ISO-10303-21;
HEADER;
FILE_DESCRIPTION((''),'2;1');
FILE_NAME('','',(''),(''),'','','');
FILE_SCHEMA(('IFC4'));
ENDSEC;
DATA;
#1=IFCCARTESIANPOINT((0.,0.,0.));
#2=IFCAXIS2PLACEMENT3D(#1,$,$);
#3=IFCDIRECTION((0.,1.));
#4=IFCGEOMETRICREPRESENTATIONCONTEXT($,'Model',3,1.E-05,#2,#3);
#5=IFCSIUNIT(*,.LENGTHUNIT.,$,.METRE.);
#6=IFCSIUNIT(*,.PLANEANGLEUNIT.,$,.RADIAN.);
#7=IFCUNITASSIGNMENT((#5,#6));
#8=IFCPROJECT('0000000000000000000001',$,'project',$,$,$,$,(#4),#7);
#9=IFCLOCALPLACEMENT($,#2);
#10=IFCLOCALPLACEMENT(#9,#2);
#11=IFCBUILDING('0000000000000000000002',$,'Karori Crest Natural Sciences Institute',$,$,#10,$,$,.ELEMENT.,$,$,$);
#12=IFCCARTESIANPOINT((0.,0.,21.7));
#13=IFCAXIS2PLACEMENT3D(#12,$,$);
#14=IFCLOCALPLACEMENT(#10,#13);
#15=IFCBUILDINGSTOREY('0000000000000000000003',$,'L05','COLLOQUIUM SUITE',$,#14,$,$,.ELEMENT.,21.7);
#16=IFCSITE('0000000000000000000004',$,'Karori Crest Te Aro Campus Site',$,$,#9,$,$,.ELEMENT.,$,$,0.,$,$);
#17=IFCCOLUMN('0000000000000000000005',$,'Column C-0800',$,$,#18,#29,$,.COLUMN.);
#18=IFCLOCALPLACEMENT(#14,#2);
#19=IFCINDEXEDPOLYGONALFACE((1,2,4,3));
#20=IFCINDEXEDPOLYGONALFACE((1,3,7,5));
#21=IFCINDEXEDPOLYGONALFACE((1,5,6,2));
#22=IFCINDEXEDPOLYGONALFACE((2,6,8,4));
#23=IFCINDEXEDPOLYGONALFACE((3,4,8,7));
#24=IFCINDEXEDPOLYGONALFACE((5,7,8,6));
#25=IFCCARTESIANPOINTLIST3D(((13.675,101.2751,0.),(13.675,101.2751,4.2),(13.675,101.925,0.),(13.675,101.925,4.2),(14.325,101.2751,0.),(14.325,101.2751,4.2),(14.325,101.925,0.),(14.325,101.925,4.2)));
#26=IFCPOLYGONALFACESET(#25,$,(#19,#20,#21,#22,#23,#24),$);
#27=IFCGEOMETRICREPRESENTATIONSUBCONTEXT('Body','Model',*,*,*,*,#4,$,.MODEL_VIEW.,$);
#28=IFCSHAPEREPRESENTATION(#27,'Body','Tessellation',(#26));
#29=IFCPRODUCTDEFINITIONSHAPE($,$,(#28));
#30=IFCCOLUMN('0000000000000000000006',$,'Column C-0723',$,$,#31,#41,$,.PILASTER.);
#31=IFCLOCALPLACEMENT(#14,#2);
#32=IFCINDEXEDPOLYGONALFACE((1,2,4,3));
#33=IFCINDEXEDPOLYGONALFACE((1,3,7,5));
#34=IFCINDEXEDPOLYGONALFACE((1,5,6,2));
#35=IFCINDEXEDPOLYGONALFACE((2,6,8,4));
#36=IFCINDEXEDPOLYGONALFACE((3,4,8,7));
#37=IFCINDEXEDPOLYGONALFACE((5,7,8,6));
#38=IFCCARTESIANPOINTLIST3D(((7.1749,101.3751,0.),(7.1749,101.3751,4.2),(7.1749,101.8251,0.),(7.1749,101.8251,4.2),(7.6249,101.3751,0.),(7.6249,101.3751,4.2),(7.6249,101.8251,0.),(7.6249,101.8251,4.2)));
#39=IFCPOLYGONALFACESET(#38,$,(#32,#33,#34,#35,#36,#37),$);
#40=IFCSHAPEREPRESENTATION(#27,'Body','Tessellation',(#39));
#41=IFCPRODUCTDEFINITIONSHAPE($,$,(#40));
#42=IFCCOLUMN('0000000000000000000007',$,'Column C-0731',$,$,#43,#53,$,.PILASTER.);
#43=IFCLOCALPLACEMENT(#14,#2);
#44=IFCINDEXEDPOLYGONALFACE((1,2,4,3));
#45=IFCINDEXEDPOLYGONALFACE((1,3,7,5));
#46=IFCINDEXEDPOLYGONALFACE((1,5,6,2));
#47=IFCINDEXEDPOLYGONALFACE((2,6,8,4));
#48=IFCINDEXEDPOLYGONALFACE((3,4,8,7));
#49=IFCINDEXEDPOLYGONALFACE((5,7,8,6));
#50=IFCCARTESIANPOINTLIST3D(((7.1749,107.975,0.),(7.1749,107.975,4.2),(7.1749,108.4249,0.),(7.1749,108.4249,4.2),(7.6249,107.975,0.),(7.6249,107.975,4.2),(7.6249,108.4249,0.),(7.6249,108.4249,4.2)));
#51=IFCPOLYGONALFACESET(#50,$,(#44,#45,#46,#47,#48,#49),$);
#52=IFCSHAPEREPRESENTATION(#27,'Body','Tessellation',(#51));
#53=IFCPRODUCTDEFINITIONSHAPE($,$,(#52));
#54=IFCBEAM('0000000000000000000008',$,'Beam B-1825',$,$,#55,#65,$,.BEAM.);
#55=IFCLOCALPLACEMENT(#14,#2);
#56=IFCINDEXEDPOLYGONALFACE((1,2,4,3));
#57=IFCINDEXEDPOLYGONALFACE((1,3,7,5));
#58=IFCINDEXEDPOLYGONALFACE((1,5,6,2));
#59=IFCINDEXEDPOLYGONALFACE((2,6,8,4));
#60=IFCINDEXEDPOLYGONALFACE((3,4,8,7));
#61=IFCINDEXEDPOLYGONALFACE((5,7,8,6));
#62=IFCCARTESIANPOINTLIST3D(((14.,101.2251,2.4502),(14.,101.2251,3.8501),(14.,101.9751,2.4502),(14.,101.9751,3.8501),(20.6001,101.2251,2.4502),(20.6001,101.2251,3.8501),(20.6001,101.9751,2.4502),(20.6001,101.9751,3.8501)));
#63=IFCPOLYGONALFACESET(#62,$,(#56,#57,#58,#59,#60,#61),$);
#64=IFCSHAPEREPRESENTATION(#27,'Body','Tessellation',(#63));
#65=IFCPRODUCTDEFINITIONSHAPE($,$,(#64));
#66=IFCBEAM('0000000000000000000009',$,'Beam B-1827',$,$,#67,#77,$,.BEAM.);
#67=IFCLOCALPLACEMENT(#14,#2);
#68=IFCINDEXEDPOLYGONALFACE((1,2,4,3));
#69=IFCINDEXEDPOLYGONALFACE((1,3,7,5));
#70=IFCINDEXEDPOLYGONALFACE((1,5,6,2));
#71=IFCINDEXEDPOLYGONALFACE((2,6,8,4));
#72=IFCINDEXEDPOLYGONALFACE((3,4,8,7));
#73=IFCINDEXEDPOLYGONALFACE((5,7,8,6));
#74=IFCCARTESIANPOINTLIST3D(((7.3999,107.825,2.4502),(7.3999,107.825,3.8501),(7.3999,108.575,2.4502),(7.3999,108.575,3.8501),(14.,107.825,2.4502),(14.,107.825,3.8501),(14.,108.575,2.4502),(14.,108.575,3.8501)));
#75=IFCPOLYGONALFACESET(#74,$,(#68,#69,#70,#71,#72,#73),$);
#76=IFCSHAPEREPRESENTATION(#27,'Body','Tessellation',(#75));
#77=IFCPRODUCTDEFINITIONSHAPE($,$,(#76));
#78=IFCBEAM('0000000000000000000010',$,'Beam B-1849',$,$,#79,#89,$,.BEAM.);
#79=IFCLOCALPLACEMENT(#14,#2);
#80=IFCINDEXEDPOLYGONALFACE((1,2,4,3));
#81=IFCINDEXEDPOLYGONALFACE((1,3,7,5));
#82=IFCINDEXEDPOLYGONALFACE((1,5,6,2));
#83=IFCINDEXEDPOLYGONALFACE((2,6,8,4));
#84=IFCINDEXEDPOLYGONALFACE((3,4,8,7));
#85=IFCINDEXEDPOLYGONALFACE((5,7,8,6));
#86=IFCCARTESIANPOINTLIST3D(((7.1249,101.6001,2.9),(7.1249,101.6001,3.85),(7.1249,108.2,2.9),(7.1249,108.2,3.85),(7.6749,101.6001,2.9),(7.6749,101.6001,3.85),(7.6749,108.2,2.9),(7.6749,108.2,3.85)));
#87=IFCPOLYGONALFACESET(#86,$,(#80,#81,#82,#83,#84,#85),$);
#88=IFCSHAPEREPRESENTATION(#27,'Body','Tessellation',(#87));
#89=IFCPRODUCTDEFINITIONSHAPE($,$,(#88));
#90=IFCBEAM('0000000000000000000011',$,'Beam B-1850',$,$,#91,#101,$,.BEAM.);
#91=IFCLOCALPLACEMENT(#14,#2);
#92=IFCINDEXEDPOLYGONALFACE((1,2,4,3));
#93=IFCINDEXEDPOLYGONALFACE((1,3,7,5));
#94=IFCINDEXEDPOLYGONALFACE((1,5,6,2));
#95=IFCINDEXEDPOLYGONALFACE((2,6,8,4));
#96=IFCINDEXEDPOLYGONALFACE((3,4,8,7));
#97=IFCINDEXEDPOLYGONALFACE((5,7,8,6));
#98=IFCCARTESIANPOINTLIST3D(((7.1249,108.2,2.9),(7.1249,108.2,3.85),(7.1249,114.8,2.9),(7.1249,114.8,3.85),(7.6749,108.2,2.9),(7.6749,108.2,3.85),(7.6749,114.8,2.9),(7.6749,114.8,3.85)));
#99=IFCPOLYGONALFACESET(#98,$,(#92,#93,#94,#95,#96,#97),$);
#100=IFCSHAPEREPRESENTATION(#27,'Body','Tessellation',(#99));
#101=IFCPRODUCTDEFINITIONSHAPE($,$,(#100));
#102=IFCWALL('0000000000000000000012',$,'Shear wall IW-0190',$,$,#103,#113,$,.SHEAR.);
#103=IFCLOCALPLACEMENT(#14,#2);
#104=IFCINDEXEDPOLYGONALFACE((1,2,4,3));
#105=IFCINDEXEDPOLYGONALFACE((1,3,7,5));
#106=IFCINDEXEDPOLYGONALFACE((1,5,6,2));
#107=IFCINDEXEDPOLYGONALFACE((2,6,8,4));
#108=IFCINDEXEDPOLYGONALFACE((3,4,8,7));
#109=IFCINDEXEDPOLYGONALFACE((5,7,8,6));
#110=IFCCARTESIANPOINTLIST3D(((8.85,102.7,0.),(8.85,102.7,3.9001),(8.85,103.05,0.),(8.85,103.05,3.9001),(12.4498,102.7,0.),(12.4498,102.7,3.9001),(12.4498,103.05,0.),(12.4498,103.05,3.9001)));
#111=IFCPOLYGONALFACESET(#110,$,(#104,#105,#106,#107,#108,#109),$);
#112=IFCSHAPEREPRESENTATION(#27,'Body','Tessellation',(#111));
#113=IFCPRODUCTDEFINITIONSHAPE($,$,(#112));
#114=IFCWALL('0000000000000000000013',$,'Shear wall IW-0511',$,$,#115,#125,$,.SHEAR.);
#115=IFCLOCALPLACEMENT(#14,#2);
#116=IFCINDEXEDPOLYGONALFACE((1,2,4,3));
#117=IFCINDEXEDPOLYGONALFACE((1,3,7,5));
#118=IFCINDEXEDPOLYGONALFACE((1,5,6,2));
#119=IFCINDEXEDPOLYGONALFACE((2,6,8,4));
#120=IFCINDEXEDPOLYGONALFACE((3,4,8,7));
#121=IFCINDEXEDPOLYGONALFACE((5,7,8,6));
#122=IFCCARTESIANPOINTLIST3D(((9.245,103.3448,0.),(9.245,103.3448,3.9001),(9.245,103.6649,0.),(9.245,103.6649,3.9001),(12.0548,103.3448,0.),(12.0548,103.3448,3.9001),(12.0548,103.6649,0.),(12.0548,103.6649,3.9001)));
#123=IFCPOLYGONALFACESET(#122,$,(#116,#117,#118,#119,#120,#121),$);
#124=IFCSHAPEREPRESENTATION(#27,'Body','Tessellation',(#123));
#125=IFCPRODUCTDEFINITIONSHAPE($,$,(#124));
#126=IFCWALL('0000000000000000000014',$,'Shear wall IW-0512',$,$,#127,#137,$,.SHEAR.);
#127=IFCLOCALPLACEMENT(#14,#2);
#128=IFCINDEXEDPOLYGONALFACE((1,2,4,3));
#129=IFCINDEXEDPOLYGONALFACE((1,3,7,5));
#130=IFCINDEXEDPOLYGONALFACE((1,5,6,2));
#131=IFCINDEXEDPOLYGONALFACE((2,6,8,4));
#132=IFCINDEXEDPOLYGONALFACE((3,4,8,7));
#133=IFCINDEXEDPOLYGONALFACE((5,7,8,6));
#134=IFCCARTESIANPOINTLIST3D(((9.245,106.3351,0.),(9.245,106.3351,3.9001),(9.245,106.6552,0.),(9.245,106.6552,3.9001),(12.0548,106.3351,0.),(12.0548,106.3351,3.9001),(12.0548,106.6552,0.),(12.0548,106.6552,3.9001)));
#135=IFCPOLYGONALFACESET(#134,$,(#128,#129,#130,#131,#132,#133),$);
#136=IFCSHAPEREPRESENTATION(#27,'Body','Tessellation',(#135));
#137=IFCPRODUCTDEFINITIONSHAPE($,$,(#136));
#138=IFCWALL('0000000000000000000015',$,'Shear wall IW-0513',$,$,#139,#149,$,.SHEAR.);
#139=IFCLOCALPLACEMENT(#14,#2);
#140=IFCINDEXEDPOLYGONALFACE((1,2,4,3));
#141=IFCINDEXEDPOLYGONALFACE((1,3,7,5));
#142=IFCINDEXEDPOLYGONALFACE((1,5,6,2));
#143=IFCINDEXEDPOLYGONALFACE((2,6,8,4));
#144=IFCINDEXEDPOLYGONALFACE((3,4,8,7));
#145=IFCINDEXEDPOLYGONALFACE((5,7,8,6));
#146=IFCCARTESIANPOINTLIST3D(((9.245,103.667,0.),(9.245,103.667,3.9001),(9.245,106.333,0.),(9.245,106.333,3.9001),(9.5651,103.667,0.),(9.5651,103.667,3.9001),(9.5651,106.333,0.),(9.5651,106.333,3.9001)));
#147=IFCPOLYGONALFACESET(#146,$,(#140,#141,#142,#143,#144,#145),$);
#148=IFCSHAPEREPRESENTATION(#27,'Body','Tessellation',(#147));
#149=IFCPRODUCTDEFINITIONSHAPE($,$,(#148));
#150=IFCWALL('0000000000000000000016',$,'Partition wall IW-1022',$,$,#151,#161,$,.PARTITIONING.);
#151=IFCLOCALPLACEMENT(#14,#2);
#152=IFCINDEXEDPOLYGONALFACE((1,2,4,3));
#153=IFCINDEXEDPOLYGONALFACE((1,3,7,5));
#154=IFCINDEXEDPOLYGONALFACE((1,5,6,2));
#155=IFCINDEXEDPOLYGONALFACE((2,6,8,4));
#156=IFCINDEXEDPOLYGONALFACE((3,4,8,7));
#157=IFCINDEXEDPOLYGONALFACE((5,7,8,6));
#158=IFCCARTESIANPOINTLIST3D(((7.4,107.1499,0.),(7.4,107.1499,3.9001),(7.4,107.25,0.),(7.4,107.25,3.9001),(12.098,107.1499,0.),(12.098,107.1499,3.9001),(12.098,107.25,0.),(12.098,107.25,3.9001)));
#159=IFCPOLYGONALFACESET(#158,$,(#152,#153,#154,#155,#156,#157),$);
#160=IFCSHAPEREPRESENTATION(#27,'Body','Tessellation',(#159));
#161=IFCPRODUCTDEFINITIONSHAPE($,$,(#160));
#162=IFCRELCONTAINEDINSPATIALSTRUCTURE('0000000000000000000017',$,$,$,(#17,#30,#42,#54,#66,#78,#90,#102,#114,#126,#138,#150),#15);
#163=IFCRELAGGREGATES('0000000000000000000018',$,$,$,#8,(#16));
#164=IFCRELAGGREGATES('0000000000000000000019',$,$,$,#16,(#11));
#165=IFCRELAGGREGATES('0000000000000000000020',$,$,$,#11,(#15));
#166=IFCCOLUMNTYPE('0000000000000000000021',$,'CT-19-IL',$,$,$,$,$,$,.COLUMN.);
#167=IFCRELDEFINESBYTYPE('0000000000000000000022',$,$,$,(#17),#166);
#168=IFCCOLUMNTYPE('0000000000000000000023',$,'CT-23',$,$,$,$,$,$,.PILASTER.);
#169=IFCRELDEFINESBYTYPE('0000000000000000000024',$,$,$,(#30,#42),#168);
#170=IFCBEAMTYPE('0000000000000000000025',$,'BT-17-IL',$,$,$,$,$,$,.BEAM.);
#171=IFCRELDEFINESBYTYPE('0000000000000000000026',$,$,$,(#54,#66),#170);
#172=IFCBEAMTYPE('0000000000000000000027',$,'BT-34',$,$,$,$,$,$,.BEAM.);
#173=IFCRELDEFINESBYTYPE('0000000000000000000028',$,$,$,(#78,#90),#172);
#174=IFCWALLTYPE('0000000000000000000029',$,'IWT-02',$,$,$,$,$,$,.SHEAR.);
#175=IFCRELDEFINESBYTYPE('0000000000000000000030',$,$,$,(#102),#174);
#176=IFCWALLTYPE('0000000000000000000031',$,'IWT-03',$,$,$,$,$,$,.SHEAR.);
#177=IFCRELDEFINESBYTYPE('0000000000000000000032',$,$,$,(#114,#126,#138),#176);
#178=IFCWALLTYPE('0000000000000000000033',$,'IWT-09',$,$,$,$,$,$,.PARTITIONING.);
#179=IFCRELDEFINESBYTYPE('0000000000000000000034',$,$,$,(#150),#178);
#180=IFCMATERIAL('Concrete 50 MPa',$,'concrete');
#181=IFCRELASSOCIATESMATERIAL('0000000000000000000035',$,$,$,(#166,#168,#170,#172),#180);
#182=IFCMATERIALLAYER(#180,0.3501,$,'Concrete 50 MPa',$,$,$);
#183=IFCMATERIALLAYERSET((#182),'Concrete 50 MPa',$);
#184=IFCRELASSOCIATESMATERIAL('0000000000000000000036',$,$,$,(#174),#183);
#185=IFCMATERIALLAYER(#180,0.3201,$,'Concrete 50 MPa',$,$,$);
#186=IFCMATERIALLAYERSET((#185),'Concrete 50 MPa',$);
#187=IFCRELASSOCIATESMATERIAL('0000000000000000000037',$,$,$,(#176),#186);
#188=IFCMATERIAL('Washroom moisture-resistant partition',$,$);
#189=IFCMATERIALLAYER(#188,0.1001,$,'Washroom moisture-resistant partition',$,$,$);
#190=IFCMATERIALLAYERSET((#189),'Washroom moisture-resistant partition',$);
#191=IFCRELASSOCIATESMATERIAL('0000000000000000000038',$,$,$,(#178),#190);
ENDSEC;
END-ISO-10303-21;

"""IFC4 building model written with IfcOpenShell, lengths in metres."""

from ifc_helpers import new_model, si_unit, direction, frame, frame_2d, origin, origin_2d, place, context, subcontext, project, spatial, rectangle, extrude, material, layer, layer_set, material_profile, profile_set, type_object, element, save


model = new_model("IFC4")

# Units and contexts
model_context = context("Model", 3, precision=1e-05, world=origin(), true_north=direction((0.0, 1.0)))
body_context = subcontext(model_context, "Body", "Model", "MODEL_VIEW")
ifc_project = project(units=[si_unit("LENGTHUNIT", "METRE"), si_unit("PLANEANGLEUNIT", "RADIAN")], contexts=[model_context])

# Site, building, storey
site_placement = place(None, origin())
site = spatial("IfcSite", under=ifc_project, at=site_placement, Name="Karori Crest Te Aro Campus Site", CompositionType="ELEMENT", RefElevation=0.0)
building_placement = place(site_placement, origin())
building = spatial("IfcBuilding", under=site, at=building_placement, Name="Karori Crest Natural Sciences Institute", CompositionType="ELEMENT")
storey_placement = place(building_placement, frame((0.0, 0.0, 21.7)))
storey = spatial("IfcBuildingStorey", under=building, at=storey_placement, Name="L05", Description="COLLOQUIUM SUITE", CompositionType="ELEMENT", Elevation=21.7)

# Columns
ifc_material_1 = material(Name="Concrete 50 MPa", Category="concrete")
ifc_material_profile_1 = material_profile(ifc_material_1, rectangle(XDim=0.6499, YDim=0.6499, at=origin_2d()), Name="RC650x650")
ifc_profile_set_1 = profile_set([ifc_material_profile_1], Name="Concrete 50 MPa")
column_type_1 = type_object("IfcColumnType", Name="CT-19-IL", PredefinedType="COLUMN", material=ifc_profile_set_1)
column_placement = place(storey_placement, frame((14.0, 101.6001, 0.0), z_axis=(0.0, 0.0, 1.0), x_axis=(1.0, 0.0, 0.0)))
element("IfcColumn", 1, at=column_placement, inside=storey, type_object=column_type_1, Name="Column C-0800", PredefinedType="COLUMN", context=body_context, shape_type="SweptSolid", body=[
    extrude(rectangle(XDim=0.6499, YDim=0.6499, at=origin_2d()), origin(), (0.0, 0.0, 1.0), 4.2),
])
ifc_material_profile_2 = material_profile(ifc_material_1, rectangle(XDim=0.45, YDim=0.45, at=origin_2d()), Name="RC450x450")
ifc_profile_set_2 = profile_set([ifc_material_profile_2], Name="Concrete 50 MPa")
column_type_2 = type_object("IfcColumnType", Name="CT-23", PredefinedType="PILASTER", material=ifc_profile_set_2)
for number, where, z_axis, x_axis, name in (
    (2, (7.3999, 101.6001, 0.0), (0.0, 0.0, 1.0), (1.0, 0.0, 0.0), "Column C-0723"),
    (3, (7.3999, 108.2, 0.0), (0.0, 0.0, 1.0), (1.0, 0.0, 0.0), "Column C-0731"),
):
    element("IfcColumn", number, at=place(storey_placement, frame(where, z_axis=z_axis, x_axis=x_axis)), inside=storey, type_object=column_type_2, Name=name, PredefinedType="PILASTER", context=body_context, shape_type="SweptSolid", body=[
        extrude(rectangle(XDim=0.45, YDim=0.45, at=origin_2d()), origin(), (0.0, 0.0, 1.0), 4.2),
    ])

# Beams
ifc_material_profile_3 = material_profile(ifc_material_1, rectangle(XDim=0.75, YDim=1.3999, at=origin_2d()), Name="RCB750x1400")
ifc_profile_set_3 = profile_set([ifc_material_profile_3], Name="Concrete 50 MPa")
beam_type_1 = type_object("IfcBeamType", Name="BT-17-IL", PredefinedType="BEAM", material=ifc_profile_set_3)
for number, where, z_axis, x_axis, name in (
    (4, (14.0, 101.6001, 3.1501), (1.0, 0.0, 0.0), (0.0, 1.0, 0.0), "Beam B-1825"),
    (5, (7.3999, 108.2, 3.1501), (1.0, 0.0, 0.0), (0.0, 1.0, 0.0), "Beam B-1827"),
):
    element("IfcBeam", number, at=place(storey_placement, frame(where, z_axis=z_axis, x_axis=x_axis)), inside=storey, type_object=beam_type_1, Name=name, PredefinedType="BEAM", context=body_context, shape_type="SweptSolid", body=[
        extrude(rectangle(XDim=0.75, YDim=1.3999, at=origin_2d()), origin(), (0.0, 0.0, 1.0), 6.6001),
    ])
ifc_material_profile_4 = material_profile(ifc_material_1, rectangle(XDim=0.55, YDim=0.95, at=origin_2d()), Name="RCB550x950")
ifc_profile_set_4 = profile_set([ifc_material_profile_4], Name="Concrete 50 MPa")
beam_type_2 = type_object("IfcBeamType", Name="BT-34", PredefinedType="BEAM", material=ifc_profile_set_4)
beam_1_placement = place(storey_placement, frame((7.3999, 101.6001, 3.375), z_axis=(0.0, 1.0, 0.0), x_axis=(-1.0, 0.0, 0.0)))
element("IfcBeam", 6, at=beam_1_placement, inside=storey, type_object=beam_type_2, Name="Beam B-1849", PredefinedType="BEAM", context=body_context, shape_type="SweptSolid", body=[
    extrude(rectangle(XDim=0.55, YDim=0.95, at=origin_2d()), origin(), (0.0, 0.0, 1.0), 6.5999),
])
beam_2_placement = place(storey_placement, frame((7.3999, 108.2, 3.375), z_axis=(0.0, 1.0, 0.0), x_axis=(-1.0, 0.0, 0.0)))
element("IfcBeam", 7, at=beam_2_placement, inside=storey, type_object=beam_type_2, Name="Beam B-1850", PredefinedType="BEAM", context=body_context, shape_type="SweptSolid", body=[
    extrude(rectangle(XDim=0.55, YDim=0.95, at=origin_2d()), origin(), (0.0, 0.0, 1.0), 6.6001),
])

# Walls
ifc_layer_1 = layer(ifc_material_1, 0.3501, Name="Concrete 50 MPa")
ifc_layer_set_1 = layer_set([ifc_layer_1], Name="Concrete 50 MPa")
wall_type_1 = type_object("IfcWallType", Name="IWT-02", PredefinedType="SHEAR", material=ifc_layer_set_1)
wall_1_placement = place(storey_placement, frame((8.8501, 102.875, 0.0), z_axis=(0.0, 0.0, 1.0), x_axis=(1.0, 0.0, 0.0)))
element("IfcWall", 8, at=wall_1_placement, inside=storey, type_object=wall_type_1, Name="Shear wall IW-0190", PredefinedType="SHEAR", context=body_context, shape_type="SweptSolid", body=[
    extrude(rectangle(XDim=3.5999, YDim=0.3501, at=frame_2d((1.7998, 0.0))), origin(), (0.0, 0.0, 1.0), 3.9001),
])
ifc_layer_2 = layer(ifc_material_1, 0.3201, Name="Concrete 50 MPa")
ifc_layer_set_2 = layer_set([ifc_layer_2], Name="Concrete 50 MPa")
wall_type_2 = type_object("IfcWallType", Name="IWT-03", PredefinedType="SHEAR", material=ifc_layer_set_2)
for number, where, z_axis, x_axis, name in (
    (9, (9.2451, 103.5049, 0.0), (0.0, 0.0, 1.0), (1.0, 0.0, 0.0), "Shear wall IW-0511"),
    (10, (9.2451, 106.4951, 0.0), (0.0, 0.0, 1.0), (1.0, 0.0, 0.0), "Shear wall IW-0512"),
):
    element("IfcWall", number, at=place(storey_placement, frame(where, z_axis=z_axis, x_axis=x_axis)), inside=storey, type_object=wall_type_2, Name=name, PredefinedType="SHEAR", context=body_context, shape_type="SweptSolid", body=[
        extrude(rectangle(XDim=2.8098, YDim=0.3201, at=frame_2d((1.4048, 0.0))), origin(), (0.0, 0.0, 1.0), 3.9001),
    ])
wall_2_placement = place(storey_placement, frame((9.405, 103.667, 0.0), z_axis=(0.0, 0.0, 1.0), x_axis=(0.0, 1.0, 0.0)))
element("IfcWall", 11, at=wall_2_placement, inside=storey, type_object=wall_type_2, Name="Shear wall IW-0513", PredefinedType="SHEAR", context=body_context, shape_type="SweptSolid", body=[
    extrude(rectangle(XDim=2.666, YDim=0.3201, at=frame_2d((1.333, 0.0))), origin(), (0.0, 0.0, 1.0), 3.9001),
])

# Wall
ifc_material_2 = material(Name="Washroom moisture-resistant partition")
ifc_layer_3 = layer(ifc_material_2, 0.1001, Name="Washroom moisture-resistant partition")
ifc_layer_set_3 = layer_set([ifc_layer_3], Name="Washroom moisture-resistant partition")
wall_type_3 = type_object("IfcWallType", Name="IWT-09", PredefinedType="PARTITIONING", material=ifc_layer_set_3)
wall_3_placement = place(storey_placement, frame((7.3999, 107.2, 0.0), z_axis=(0.0, 0.0, 1.0), x_axis=(1.0, 0.0, 0.0)))
element("IfcWall", 12, at=wall_3_placement, inside=storey, type_object=wall_type_3, Name="Partition wall IW-1022", PredefinedType="PARTITIONING", context=body_context, shape_type="SweptSolid", body=[
    extrude(rectangle(XDim=4.698, YDim=0.1001, at=frame_2d((2.3491, 0.0))), origin(), (0.0, 0.0, 1.0), 3.9001),
])

save(model, "model.ifc")
